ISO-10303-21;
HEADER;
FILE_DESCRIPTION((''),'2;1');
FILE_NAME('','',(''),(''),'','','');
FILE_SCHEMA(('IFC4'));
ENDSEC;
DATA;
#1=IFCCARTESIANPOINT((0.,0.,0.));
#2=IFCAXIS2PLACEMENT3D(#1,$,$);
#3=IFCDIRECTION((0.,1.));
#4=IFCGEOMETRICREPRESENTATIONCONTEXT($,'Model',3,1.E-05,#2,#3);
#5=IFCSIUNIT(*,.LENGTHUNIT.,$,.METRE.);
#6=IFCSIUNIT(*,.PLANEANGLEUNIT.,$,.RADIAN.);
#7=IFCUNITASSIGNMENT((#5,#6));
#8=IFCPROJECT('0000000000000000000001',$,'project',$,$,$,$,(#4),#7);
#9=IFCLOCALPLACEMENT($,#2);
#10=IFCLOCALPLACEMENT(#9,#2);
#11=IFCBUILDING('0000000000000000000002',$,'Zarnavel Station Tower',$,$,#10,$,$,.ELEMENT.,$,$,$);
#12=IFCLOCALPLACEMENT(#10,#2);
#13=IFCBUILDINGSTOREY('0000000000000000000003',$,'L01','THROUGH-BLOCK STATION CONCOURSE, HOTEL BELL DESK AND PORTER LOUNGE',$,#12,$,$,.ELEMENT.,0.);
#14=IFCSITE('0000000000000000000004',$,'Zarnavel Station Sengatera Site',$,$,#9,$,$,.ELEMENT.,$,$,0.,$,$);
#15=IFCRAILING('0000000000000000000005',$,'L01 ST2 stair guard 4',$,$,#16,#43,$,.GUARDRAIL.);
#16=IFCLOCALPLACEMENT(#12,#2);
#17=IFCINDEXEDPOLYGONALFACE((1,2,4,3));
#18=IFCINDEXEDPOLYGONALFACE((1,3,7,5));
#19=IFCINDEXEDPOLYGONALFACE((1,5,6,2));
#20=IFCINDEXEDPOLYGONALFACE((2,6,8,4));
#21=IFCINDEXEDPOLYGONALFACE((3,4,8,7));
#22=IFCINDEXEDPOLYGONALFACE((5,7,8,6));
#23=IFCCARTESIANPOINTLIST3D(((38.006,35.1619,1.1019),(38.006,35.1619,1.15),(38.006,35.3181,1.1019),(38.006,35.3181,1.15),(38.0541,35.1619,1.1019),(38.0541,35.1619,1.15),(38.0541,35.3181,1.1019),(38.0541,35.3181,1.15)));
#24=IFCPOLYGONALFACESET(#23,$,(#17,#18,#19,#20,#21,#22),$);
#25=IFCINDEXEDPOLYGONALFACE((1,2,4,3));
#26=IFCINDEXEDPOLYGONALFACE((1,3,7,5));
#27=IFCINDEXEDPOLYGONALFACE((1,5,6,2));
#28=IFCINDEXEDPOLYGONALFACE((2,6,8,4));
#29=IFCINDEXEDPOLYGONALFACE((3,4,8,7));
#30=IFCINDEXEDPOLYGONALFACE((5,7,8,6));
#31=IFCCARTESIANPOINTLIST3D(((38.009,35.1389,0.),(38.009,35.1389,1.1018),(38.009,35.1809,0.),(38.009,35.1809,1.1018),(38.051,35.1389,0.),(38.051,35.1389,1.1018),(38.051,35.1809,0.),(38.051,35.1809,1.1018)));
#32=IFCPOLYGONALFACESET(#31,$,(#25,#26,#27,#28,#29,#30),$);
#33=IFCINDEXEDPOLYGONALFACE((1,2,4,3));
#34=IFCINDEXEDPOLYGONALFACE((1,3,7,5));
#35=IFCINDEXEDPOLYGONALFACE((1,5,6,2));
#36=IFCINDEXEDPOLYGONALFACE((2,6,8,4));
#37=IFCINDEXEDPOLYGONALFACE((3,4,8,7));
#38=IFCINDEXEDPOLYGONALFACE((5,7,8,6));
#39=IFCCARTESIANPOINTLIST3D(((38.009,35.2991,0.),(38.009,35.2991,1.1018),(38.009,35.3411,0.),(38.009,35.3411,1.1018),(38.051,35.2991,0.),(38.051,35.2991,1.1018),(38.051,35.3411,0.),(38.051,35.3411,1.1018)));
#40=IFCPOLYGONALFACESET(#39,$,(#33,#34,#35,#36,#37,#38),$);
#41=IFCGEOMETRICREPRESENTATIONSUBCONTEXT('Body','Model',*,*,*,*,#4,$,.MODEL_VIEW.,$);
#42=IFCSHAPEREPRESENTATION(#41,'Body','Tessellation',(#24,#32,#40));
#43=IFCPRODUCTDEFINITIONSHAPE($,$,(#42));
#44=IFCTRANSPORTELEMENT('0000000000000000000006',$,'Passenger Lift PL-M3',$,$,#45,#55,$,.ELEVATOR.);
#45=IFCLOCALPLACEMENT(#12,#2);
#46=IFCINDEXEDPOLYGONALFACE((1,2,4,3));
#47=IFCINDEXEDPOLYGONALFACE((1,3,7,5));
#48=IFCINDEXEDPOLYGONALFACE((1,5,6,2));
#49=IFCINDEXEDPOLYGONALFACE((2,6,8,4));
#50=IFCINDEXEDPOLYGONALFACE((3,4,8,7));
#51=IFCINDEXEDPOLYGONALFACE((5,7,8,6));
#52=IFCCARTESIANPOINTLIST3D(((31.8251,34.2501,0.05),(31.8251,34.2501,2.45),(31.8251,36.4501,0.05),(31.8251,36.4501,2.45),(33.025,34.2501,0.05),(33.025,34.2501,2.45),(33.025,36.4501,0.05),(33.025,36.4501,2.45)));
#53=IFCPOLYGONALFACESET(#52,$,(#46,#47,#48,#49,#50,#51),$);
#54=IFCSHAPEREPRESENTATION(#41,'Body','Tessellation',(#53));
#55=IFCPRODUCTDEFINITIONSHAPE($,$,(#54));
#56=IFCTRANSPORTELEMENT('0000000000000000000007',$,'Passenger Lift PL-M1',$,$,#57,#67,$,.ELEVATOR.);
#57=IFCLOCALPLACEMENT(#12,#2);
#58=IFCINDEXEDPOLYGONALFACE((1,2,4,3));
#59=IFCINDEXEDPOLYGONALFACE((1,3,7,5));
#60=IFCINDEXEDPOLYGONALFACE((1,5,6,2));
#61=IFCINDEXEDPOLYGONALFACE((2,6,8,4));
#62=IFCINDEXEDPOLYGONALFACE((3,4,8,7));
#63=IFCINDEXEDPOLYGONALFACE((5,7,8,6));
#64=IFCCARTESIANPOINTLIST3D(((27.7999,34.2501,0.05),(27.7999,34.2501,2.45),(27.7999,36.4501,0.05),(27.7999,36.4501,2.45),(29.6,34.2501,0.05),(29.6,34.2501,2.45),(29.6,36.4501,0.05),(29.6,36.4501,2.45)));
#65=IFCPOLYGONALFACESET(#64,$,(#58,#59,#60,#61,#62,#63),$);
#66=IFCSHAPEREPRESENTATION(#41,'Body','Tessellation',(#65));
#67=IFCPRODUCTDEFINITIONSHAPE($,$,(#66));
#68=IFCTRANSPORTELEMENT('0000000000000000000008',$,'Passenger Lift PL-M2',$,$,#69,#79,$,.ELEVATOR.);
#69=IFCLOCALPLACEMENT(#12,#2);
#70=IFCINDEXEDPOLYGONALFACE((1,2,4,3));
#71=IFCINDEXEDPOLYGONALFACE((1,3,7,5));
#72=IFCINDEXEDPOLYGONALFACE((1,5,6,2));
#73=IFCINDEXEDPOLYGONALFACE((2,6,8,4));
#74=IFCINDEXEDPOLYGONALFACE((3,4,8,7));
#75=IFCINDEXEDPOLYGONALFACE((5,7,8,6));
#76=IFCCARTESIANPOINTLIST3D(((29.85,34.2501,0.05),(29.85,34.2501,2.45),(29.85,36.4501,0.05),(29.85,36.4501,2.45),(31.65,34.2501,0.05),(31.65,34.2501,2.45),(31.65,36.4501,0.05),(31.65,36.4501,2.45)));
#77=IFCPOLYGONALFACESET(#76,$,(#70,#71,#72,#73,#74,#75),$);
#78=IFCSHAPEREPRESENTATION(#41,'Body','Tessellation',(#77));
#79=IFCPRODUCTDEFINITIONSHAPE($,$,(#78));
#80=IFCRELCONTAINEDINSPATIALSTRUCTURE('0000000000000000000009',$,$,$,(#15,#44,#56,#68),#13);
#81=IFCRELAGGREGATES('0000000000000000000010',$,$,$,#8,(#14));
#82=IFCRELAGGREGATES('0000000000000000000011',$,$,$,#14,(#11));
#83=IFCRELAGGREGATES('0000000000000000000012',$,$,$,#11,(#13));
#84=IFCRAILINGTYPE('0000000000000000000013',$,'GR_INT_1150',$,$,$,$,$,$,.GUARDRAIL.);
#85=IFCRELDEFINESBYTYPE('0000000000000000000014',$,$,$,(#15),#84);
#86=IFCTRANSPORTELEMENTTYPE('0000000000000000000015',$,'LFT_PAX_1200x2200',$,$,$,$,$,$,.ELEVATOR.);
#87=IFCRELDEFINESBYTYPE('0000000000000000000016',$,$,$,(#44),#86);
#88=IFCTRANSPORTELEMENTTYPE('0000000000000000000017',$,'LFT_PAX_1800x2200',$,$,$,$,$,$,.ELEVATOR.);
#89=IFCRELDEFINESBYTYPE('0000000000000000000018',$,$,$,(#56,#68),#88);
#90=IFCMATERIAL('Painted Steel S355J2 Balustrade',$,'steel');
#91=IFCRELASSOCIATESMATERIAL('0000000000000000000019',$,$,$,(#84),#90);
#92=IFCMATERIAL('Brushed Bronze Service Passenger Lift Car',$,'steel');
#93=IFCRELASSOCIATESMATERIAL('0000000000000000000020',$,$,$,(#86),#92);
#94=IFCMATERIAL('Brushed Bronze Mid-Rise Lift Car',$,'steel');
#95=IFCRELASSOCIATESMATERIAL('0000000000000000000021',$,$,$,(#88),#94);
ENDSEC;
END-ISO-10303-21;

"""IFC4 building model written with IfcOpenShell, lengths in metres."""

from ifc_helpers import new_model, si_unit, direction, frame, origin, origin_2d, place, context, subcontext, project, spatial, rectangle, extrude, material, type_object, element, save


model = new_model("IFC4")

# Units and contexts
model_context = context("Model", 3, precision=1e-05, world=origin(), true_north=direction((0.0, 1.0)))
body_context = subcontext(model_context, "Body", "Model", "MODEL_VIEW")
ifc_project = project(units=[si_unit("LENGTHUNIT", "METRE"), si_unit("PLANEANGLEUNIT", "RADIAN")], contexts=[model_context])

# Site, building, storey
site_placement = place(None, origin())
site = spatial("IfcSite", under=ifc_project, at=site_placement, Name="Zarnavel Station Sengatera Site", CompositionType="ELEMENT", RefElevation=0.0)
building_placement = place(site_placement, origin())
building = spatial("IfcBuilding", under=site, at=building_placement, Name="Zarnavel Station Tower", CompositionType="ELEMENT")
storey_placement = place(building_placement, origin())
storey = spatial("IfcBuildingStorey", under=building, at=storey_placement, Name="L01", Description="THROUGH-BLOCK STATION CONCOURSE, HOTEL BELL DESK AND PORTER LOUNGE", CompositionType="ELEMENT", Elevation=0.0)

# Railing
ifc_material_1 = material(Name="Painted Steel S355J2 Balustrade", Category="steel")
railing_type = type_object("IfcRailingType", Name="GR_INT_1150", PredefinedType="GUARDRAIL", material=ifc_material_1)
railing_1_placement = place(storey_placement, frame((38.03, 35.1599, 0.0)))
element("IfcRailing", 1, at=railing_1_placement, inside=storey, type_object=railing_type, Name="L01 ST2 stair guard 4", PredefinedType="GUARDRAIL", context=body_context, shape_type="SweptSolid", body=[
    extrude(rectangle(XDim=0.0481, YDim=0.0481, at=origin_2d()), frame((0.0, 0.002, 1.126), z_axis=(0.0, 1.0, 0.0), x_axis=(-1.0, 0.0, 0.0)), (0.0, 0.0, 1.0), 0.1562),
    extrude(rectangle(XDim=0.042, YDim=0.042, at=origin_2d()), origin(), (0.0, 0.0, 1.0), 1.1018),
    extrude(rectangle(XDim=0.042, YDim=0.042, at=origin_2d()), frame((0.0, 0.1602, 0.0)), (0.0, 0.0, 1.0), 1.1018),
])

# Transport elements
ifc_material_2 = material(Name="Brushed Bronze Service Passenger Lift Car", Category="steel")
transport_element_type_1 = type_object("IfcTransportElementType", Name="LFT_PAX_1200x2200", PredefinedType="ELEVATOR", material=ifc_material_2)
transport_element_placement = place(storey_placement, frame((32.425, 35.3501, 0.05), z_axis=(0.0, 0.0, 1.0), x_axis=(1.0, 0.0, 0.0)))
element("IfcTransportElement", 2, at=transport_element_placement, inside=storey, type_object=transport_element_type_1, Name="Passenger Lift PL-M3", PredefinedType="ELEVATOR", context=body_context, shape_type="SweptSolid", body=[
    extrude(rectangle(XDim=1.2, YDim=2.2, at=origin_2d()), origin(), (0.0, 0.0, 1.0), 2.3999),
])
ifc_material_3 = material(Name="Brushed Bronze Mid-Rise Lift Car", Category="steel")
transport_element_type_2 = type_object("IfcTransportElementType", Name="LFT_PAX_1800x2200", PredefinedType="ELEVATOR", material=ifc_material_3)
for number, where, z_axis, x_axis, name in (
    (3, (28.7, 35.3501, 0.05), (0.0, 0.0, 1.0), (1.0, 0.0, 0.0), "Passenger Lift PL-M1"),
    (4, (30.75, 35.3501, 0.05), (0.0, 0.0, 1.0), (1.0, 0.0, 0.0), "Passenger Lift PL-M2"),
):
    element("IfcTransportElement", number, at=place(storey_placement, frame(where, z_axis=z_axis, x_axis=x_axis)), inside=storey, type_object=transport_element_type_2, Name=name, PredefinedType="ELEVATOR", context=body_context, shape_type="SweptSolid", body=[
        extrude(rectangle(XDim=1.8, YDim=2.2, at=origin_2d()), origin(), (0.0, 0.0, 1.0), 2.3999),
    ])

save(model, "model.ifc")
